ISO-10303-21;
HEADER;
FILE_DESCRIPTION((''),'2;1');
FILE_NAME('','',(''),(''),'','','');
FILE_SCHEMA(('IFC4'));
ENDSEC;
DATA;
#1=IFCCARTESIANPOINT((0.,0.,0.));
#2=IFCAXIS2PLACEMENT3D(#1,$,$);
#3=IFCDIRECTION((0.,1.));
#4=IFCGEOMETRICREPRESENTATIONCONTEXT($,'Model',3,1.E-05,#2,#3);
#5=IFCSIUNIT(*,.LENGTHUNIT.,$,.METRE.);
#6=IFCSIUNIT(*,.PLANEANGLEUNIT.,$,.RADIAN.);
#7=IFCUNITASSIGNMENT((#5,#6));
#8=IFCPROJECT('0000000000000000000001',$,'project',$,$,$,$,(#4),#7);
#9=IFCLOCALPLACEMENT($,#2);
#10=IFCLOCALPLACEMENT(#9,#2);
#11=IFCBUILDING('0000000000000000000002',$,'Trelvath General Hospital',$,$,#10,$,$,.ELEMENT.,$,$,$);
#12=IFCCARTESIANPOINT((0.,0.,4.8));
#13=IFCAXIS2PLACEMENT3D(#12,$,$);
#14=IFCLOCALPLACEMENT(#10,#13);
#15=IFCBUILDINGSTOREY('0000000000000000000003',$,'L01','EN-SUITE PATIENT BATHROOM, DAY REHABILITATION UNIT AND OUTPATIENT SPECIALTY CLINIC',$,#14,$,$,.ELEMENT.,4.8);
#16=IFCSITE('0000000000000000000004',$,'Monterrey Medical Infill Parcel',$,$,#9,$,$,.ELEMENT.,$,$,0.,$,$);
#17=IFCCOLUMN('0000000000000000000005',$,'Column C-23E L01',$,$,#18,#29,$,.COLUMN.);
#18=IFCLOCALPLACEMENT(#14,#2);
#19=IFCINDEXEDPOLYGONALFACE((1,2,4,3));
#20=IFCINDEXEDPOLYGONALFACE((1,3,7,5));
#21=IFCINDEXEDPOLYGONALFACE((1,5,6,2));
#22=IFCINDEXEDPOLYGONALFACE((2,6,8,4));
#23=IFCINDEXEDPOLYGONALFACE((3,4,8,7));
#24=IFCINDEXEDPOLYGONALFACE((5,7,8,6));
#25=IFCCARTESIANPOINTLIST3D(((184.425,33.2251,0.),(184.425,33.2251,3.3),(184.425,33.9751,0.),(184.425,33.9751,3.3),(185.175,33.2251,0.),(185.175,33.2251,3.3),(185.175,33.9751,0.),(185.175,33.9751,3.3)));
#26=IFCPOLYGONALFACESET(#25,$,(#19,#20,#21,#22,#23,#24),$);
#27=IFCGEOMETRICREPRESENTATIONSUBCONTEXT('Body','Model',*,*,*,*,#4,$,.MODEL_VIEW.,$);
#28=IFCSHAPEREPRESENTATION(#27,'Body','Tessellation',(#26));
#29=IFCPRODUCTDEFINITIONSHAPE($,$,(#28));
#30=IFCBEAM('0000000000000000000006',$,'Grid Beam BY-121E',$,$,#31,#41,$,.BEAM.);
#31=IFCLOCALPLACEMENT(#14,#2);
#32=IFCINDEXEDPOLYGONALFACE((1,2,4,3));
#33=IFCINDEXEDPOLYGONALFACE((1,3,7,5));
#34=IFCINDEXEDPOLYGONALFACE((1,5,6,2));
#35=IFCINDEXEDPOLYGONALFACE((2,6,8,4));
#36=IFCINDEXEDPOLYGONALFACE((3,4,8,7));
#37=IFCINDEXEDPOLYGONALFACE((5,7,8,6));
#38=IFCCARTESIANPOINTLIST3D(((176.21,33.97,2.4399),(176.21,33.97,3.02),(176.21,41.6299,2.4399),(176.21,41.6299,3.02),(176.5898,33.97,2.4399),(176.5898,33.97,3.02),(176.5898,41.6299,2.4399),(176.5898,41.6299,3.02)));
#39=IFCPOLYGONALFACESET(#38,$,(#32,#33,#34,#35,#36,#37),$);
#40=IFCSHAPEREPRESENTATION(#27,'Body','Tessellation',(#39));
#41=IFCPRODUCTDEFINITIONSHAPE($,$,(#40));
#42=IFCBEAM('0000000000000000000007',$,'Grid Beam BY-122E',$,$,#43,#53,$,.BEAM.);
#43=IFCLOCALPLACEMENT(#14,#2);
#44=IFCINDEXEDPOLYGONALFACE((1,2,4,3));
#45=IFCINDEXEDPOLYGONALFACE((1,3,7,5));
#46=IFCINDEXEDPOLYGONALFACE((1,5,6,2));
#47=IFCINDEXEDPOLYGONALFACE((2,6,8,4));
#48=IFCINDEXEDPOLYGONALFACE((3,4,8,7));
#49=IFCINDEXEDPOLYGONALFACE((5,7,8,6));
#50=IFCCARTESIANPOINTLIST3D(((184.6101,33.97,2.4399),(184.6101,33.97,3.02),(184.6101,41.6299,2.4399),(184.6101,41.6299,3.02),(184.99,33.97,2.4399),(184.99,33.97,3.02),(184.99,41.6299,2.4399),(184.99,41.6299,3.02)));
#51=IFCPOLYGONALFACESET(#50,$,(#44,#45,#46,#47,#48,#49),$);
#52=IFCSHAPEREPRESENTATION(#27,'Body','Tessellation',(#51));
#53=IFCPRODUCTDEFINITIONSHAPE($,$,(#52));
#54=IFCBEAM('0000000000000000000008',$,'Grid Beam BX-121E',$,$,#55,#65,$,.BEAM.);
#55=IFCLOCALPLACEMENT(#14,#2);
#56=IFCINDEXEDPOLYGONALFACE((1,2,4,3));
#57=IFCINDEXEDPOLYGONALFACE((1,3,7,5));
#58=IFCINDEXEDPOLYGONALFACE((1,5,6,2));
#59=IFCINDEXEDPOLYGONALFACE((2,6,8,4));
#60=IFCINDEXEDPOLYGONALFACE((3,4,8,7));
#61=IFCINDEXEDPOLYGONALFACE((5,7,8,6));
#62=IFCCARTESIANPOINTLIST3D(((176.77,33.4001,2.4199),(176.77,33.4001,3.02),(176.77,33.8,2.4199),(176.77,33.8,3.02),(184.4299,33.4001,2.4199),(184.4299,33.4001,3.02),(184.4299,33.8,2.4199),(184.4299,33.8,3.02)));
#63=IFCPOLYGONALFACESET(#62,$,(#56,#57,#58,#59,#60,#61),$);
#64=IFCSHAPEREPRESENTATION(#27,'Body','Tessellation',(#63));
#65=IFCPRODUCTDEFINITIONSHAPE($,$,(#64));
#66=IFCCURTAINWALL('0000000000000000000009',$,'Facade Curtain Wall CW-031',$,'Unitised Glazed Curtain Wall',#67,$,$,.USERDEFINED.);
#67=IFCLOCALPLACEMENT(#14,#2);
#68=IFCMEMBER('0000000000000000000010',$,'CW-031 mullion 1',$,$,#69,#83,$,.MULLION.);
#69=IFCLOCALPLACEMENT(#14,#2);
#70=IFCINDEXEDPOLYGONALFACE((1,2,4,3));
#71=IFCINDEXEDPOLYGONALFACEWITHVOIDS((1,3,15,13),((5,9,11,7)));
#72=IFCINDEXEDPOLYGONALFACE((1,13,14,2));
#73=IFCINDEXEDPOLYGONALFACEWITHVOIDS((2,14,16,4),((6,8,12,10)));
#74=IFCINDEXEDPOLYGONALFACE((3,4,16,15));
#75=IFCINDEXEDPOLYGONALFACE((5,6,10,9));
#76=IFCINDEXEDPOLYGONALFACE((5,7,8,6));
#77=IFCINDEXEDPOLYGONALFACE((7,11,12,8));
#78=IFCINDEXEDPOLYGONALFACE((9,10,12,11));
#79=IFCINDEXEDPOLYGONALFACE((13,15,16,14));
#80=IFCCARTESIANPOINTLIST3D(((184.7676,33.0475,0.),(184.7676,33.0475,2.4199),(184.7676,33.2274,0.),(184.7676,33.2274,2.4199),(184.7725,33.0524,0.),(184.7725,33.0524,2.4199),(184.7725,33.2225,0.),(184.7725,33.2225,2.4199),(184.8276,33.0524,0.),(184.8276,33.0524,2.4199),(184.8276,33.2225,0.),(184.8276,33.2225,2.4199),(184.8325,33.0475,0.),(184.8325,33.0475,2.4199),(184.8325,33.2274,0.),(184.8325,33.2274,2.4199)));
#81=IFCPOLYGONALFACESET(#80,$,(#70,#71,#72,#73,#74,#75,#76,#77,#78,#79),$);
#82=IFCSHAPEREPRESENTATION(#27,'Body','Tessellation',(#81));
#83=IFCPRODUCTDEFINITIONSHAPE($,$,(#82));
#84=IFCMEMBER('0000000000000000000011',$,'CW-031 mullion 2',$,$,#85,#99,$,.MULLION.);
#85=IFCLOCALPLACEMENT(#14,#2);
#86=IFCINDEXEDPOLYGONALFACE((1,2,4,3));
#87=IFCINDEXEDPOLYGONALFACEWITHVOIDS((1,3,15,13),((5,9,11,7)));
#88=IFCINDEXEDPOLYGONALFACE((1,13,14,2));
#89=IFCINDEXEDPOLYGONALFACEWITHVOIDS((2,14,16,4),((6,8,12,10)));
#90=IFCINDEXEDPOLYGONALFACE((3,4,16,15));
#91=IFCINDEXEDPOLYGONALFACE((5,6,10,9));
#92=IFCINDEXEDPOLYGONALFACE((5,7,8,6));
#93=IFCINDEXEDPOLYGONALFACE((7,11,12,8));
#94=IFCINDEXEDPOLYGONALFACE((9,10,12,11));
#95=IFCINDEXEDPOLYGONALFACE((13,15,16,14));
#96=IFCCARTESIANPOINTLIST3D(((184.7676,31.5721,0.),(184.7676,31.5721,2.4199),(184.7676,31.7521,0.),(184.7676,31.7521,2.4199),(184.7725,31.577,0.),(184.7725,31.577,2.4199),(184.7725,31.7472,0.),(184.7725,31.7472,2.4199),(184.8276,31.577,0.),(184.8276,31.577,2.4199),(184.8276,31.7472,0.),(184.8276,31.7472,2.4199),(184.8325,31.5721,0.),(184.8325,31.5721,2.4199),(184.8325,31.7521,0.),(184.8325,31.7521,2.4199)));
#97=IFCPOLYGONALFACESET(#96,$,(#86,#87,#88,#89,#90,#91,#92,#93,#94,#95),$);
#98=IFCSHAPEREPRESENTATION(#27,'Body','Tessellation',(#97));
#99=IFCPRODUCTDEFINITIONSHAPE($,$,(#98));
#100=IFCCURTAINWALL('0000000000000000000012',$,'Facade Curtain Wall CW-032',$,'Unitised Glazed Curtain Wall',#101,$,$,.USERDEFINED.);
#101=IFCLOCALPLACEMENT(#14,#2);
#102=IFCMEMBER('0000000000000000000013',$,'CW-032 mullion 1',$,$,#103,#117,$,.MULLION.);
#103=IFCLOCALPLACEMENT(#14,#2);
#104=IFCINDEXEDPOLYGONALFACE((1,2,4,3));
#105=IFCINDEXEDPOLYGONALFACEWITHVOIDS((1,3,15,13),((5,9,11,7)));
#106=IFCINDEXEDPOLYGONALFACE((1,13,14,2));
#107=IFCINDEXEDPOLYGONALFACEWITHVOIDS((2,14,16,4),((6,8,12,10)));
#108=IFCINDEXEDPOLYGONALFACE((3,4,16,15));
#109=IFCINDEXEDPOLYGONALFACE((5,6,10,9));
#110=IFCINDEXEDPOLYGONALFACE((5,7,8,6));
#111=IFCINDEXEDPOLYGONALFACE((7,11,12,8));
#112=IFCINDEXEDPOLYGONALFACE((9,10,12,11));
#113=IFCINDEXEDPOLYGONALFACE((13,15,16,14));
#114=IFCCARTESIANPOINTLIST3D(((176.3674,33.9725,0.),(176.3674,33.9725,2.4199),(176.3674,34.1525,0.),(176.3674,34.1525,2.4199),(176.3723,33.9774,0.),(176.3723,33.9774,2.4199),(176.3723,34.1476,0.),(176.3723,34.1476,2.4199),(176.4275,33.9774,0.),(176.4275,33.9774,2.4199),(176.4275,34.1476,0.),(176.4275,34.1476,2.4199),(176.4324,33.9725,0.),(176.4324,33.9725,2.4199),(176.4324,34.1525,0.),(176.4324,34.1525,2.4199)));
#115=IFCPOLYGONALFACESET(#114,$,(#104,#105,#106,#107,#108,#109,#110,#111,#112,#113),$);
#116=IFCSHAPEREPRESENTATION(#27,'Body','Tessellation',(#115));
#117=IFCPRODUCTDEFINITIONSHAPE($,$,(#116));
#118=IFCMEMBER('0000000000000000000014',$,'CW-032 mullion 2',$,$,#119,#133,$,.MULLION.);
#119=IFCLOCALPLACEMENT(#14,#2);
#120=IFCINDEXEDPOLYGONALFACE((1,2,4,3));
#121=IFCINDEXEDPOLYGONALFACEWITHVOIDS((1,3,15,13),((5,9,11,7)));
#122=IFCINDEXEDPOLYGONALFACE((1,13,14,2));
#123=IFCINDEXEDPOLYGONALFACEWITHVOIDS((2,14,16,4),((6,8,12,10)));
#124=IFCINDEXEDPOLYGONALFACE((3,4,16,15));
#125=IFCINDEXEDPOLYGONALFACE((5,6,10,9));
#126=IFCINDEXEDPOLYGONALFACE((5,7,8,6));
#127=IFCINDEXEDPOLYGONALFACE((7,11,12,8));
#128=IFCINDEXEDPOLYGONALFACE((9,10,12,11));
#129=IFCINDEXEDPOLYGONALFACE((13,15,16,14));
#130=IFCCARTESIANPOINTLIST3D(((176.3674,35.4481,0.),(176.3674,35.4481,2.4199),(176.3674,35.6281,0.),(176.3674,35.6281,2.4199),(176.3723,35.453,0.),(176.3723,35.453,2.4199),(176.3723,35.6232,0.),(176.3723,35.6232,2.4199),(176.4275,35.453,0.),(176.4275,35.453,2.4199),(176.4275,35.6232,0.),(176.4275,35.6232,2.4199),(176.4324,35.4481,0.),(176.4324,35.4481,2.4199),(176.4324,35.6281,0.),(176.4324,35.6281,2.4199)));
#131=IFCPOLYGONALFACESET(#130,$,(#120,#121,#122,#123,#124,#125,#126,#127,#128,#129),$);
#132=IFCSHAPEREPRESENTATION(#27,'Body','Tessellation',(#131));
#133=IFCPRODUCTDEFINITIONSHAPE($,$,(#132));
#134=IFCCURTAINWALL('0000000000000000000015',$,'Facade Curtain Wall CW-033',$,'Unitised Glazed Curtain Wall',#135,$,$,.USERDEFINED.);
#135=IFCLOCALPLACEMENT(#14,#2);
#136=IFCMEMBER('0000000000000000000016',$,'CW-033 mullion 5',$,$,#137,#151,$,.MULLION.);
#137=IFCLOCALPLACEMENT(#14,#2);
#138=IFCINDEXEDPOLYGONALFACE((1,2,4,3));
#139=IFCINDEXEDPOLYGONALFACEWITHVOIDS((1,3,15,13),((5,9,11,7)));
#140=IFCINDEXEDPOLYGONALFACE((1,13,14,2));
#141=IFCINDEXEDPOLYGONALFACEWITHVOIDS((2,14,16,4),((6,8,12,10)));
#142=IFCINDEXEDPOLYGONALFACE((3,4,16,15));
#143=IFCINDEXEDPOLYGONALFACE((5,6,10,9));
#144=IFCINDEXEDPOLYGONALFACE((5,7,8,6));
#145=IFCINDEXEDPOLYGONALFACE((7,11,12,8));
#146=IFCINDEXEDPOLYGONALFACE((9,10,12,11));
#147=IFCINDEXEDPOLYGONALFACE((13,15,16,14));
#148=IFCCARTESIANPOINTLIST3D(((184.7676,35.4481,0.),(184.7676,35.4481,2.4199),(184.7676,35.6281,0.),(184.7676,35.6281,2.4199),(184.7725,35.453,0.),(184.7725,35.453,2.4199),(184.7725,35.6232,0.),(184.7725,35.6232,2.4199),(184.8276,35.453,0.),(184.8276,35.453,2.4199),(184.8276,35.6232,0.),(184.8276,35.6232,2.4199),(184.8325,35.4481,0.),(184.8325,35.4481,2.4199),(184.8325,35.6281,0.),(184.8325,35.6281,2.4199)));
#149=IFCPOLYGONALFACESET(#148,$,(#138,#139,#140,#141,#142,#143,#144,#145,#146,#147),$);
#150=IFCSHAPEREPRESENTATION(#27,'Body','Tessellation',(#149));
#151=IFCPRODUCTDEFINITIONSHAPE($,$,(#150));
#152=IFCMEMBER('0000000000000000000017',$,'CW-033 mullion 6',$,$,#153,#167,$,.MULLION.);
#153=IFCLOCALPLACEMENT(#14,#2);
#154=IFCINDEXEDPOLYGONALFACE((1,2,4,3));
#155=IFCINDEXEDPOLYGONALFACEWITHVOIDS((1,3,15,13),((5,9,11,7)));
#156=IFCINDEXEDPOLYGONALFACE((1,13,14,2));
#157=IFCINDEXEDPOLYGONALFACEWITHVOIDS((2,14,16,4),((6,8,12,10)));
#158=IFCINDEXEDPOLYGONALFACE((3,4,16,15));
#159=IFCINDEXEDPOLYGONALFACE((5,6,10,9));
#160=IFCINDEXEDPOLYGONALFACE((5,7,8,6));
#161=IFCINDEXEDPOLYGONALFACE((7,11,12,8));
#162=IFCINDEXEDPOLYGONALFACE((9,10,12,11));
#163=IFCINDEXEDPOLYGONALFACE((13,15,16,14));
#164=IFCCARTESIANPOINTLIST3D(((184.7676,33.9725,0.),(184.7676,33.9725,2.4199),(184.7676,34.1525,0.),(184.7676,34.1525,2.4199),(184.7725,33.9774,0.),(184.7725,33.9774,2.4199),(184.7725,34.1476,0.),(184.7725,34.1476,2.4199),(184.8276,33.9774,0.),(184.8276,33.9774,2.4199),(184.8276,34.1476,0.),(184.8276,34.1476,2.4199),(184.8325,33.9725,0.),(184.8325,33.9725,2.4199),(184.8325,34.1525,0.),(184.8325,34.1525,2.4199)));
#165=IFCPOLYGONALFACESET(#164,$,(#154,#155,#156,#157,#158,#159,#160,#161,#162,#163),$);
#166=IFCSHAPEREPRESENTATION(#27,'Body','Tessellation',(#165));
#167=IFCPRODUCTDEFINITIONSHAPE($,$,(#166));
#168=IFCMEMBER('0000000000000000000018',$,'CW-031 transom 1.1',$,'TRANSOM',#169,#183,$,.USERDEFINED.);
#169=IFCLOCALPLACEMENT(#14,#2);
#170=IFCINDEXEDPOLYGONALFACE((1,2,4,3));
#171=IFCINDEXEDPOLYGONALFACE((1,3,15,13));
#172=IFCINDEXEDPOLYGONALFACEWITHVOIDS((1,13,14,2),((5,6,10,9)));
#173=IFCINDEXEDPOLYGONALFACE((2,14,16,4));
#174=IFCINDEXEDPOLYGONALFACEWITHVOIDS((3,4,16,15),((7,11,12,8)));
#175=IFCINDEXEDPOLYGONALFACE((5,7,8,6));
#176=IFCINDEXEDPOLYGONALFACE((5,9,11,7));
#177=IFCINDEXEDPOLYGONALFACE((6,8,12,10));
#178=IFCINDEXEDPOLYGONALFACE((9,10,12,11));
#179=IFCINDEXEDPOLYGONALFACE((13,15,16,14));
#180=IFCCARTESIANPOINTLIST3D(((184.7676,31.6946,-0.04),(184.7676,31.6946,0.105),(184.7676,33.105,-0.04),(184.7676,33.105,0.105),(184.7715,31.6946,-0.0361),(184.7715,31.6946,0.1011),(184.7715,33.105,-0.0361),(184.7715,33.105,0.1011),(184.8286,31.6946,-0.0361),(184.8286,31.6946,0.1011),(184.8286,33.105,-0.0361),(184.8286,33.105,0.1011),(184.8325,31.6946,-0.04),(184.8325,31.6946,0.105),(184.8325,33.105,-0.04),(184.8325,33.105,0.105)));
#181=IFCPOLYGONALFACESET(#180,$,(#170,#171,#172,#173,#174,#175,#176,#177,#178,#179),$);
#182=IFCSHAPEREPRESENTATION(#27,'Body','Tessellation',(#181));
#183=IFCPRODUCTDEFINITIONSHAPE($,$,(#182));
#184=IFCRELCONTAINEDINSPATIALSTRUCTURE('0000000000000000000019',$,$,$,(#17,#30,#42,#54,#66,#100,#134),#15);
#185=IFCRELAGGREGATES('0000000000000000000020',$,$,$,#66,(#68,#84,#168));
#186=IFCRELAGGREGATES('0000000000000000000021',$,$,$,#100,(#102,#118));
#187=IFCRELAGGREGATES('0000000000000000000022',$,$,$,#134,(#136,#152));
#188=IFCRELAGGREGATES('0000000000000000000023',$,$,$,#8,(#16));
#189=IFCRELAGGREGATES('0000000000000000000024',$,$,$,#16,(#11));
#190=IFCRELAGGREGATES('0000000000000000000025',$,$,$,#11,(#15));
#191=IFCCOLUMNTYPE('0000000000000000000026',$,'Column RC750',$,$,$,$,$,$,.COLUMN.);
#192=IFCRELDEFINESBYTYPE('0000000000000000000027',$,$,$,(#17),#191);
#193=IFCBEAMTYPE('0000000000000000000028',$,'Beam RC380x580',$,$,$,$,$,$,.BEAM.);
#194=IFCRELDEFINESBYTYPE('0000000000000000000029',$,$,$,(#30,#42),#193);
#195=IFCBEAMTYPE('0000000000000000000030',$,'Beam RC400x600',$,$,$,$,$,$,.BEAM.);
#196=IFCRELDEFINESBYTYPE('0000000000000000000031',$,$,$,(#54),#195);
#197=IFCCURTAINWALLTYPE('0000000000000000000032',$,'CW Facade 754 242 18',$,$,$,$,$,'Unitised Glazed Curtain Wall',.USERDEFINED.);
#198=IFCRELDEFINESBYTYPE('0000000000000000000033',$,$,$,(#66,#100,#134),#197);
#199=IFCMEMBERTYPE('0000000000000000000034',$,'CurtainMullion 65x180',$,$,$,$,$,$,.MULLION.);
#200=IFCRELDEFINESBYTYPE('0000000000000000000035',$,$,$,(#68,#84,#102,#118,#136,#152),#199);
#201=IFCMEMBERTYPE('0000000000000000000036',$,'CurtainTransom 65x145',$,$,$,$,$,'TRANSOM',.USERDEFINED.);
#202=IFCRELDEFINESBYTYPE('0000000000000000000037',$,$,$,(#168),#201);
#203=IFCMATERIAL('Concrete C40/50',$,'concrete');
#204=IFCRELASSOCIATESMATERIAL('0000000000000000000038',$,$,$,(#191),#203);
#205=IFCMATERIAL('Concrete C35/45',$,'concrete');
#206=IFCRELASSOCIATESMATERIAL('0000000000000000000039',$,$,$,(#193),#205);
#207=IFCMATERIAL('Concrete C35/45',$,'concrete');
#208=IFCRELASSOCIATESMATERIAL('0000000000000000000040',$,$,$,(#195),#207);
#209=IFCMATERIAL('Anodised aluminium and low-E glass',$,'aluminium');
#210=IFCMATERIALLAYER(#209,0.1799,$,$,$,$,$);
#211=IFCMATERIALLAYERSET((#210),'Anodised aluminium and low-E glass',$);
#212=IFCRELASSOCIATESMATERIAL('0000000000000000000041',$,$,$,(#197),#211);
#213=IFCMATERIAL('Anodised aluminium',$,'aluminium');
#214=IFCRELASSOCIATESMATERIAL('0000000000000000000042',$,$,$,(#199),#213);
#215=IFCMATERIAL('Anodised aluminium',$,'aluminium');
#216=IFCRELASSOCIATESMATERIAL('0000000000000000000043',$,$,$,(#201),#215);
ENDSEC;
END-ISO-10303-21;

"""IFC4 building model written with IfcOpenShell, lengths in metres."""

from ifc_helpers import new_model, si_unit, direction, frame, origin, origin_2d, place, context, subcontext, project, spatial, rectangle, hollow_rectangle, extrude, material, layer, layer_set, material_profile, profile_set, type_object, element, aggregate, save


model = new_model("IFC4")

# Units and contexts
model_context = context("Model", 3, precision=1e-05, world=origin(), true_north=direction((0.0, 1.0)))
body_context = subcontext(model_context, "Body", "Model", "MODEL_VIEW")
ifc_project = project(units=[si_unit("LENGTHUNIT", "METRE"), si_unit("PLANEANGLEUNIT", "RADIAN")], contexts=[model_context])

# Site, building, storey
site_placement = place(None, origin())
site = spatial("IfcSite", under=ifc_project, at=site_placement, Name="Monterrey Medical Infill Parcel", CompositionType="ELEMENT", RefElevation=0.0)
building_placement = place(site_placement, origin())
building = spatial("IfcBuilding", under=site, at=building_placement, Name="Trelvath General Hospital", CompositionType="ELEMENT")
storey_placement = place(building_placement, frame((0.0, 0.0, 4.8)))
storey = spatial("IfcBuildingStorey", under=building, at=storey_placement, Name="L01", Description="EN-SUITE PATIENT BATHROOM, DAY REHABILITATION UNIT AND OUTPATIENT SPECIALTY CLINIC", CompositionType="ELEMENT", Elevation=4.8)

# Column
ifc_material_1 = material(Name="Concrete C40/50", Category="concrete")
ifc_material_profile_1 = material_profile(ifc_material_1, rectangle(XDim=0.75, YDim=0.75, at=origin_2d()), Name="RC750x750")
ifc_profile_set_1 = profile_set([ifc_material_profile_1], Name="Concrete C40/50")
column_type = type_object("IfcColumnType", Name="Column RC750", PredefinedType="COLUMN", material=ifc_profile_set_1)
column_placement = place(storey_placement, frame((184.8, 33.6001, 0.0), z_axis=(0.0, 0.0, 1.0), x_axis=(1.0, 0.0, 0.0)))
element("IfcColumn", 1, at=column_placement, inside=storey, type_object=column_type, Name="Column C-23E L01", PredefinedType="COLUMN", context=body_context, shape_type="SweptSolid", body=[
    extrude(rectangle(XDim=0.75, YDim=0.75, at=origin_2d()), origin(), (0.0, 0.0, 1.0), 3.3),
])

# Beams
ifc_material_2 = material(Name="Concrete C35/45", Category="concrete")
ifc_material_profile_2 = material_profile(ifc_material_2, rectangle(XDim=0.3799, YDim=0.5801, at=origin_2d()), Name="RCB380x580")
ifc_profile_set_2 = profile_set([ifc_material_profile_2], Name="Concrete C35/45")
beam_type_1 = type_object("IfcBeamType", Name="Beam RC380x580", PredefinedType="BEAM", material=ifc_profile_set_2)
for number, where, z_axis, x_axis, name in (
    (2, (176.3999, 33.97, 2.73), (0.0, 1.0, 0.0), (-1.0, 0.0, 0.0), "Grid Beam BY-121E"),
    (3, (184.8, 33.97, 2.73), (0.0, 1.0, 0.0), (-1.0, 0.0, 0.0), "Grid Beam BY-122E"),
):
    element("IfcBeam", number, at=place(storey_placement, frame(where, z_axis=z_axis, x_axis=x_axis)), inside=storey, type_object=beam_type_1, Name=name, PredefinedType="BEAM", context=body_context, shape_type="SweptSolid", body=[
        extrude(rectangle(XDim=0.3799, YDim=0.5801, at=origin_2d()), origin(), (0.0, 0.0, 1.0), 7.6599),
    ])
ifc_material_3 = material(Name="Concrete C35/45", Category="concrete")
ifc_material_profile_3 = material_profile(ifc_material_3, rectangle(XDim=0.3999, YDim=0.6001, at=origin_2d()), Name="RCB400x600")
ifc_profile_set_3 = profile_set([ifc_material_profile_3], Name="Concrete C35/45")
beam_type_2 = type_object("IfcBeamType", Name="Beam RC400x600", PredefinedType="BEAM", material=ifc_profile_set_3)
beam_placement = place(storey_placement, frame((176.77, 33.6001, 2.72), z_axis=(1.0, 0.0, 0.0), x_axis=(0.0, 1.0, 0.0)))
element("IfcBeam", 4, at=beam_placement, inside=storey, type_object=beam_type_2, Name="Grid Beam BX-121E", PredefinedType="BEAM", context=body_context, shape_type="SweptSolid", body=[
    extrude(rectangle(XDim=0.3999, YDim=0.6001, at=origin_2d()), origin(), (0.0, 0.0, 1.0), 7.6599),
])

# Curtain walls, members
ifc_material_4 = material(Name="Anodised aluminium and low-E glass", Category="aluminium")
ifc_layer_1 = layer(ifc_material_4, 0.1799)
ifc_layer_set_1 = layer_set([ifc_layer_1], Name="Anodised aluminium and low-E glass")
curtain_wall_type = type_object("IfcCurtainWallType", Name="CW Facade 754 242 18", ElementType="Unitised Glazed Curtain Wall", PredefinedType="USERDEFINED", material=ifc_layer_set_1)
curtain_wall_1_placement = place(storey_placement, origin())
curtain_wall_1 = element("IfcCurtainWall", 5, at=curtain_wall_1_placement, inside=storey, type_object=curtain_wall_type, Name="Facade Curtain Wall CW-031", ObjectType="Unitised Glazed Curtain Wall", PredefinedType="USERDEFINED")
ifc_material_5 = material(Name="Anodised aluminium", Category="aluminium")
ifc_material_profile_4 = material_profile(ifc_material_5, hollow_rectangle(XDim=0.0649, YDim=0.1799, WallThickness=0.0049, at=origin_2d()), Name="RHS65x180x5")
ifc_profile_set_4 = profile_set([ifc_material_profile_4], Name="Anodised aluminium")
member_type_1 = type_object("IfcMemberType", Name="CurtainMullion 65x180", PredefinedType="MULLION", material=ifc_profile_set_4)
member_1_placement = place(storey_placement, frame((184.8, 33.1375, 0.0), z_axis=(0.0, 0.0, 1.0), x_axis=(1.0, 0.0, 0.0)))
member_1 = element("IfcMember", 6, at=member_1_placement, type_object=member_type_1, Name="CW-031 mullion 1", PredefinedType="MULLION", context=body_context, shape_type="SweptSolid", body=[
    extrude(hollow_rectangle(XDim=0.0649, YDim=0.1799, WallThickness=0.0049, at=origin_2d()), origin(), (0.0, 0.0, 1.0), 2.4199),
])
member_2_placement = place(storey_placement, frame((184.8, 31.6621, 0.0), z_axis=(0.0, 0.0, 1.0), x_axis=(1.0, 0.0, 0.0)))
member_2 = element("IfcMember", 7, at=member_2_placement, type_object=member_type_1, Name="CW-031 mullion 2", PredefinedType="MULLION", context=body_context, shape_type="SweptSolid", body=[
    extrude(hollow_rectangle(XDim=0.0649, YDim=0.1799, WallThickness=0.0049, at=origin_2d()), origin(), (0.0, 0.0, 1.0), 2.4199),
])
curtain_wall_2_placement = place(storey_placement, origin())
curtain_wall_2 = element("IfcCurtainWall", 8, at=curtain_wall_2_placement, inside=storey, type_object=curtain_wall_type, Name="Facade Curtain Wall CW-032", ObjectType="Unitised Glazed Curtain Wall", PredefinedType="USERDEFINED")
member_3_placement = place(storey_placement, frame((176.3999, 34.0625, 0.0), z_axis=(0.0, 0.0, 1.0), x_axis=(-1.0, 0.0, 0.0)))
member_3 = element("IfcMember", 9, at=member_3_placement, type_object=member_type_1, Name="CW-032 mullion 1", PredefinedType="MULLION", context=body_context, shape_type="SweptSolid", body=[
    extrude(hollow_rectangle(XDim=0.0649, YDim=0.1799, WallThickness=0.0049, at=origin_2d()), origin(), (0.0, 0.0, 1.0), 2.4199),
])
member_4_placement = place(storey_placement, frame((176.3999, 35.5381, 0.0), z_axis=(0.0, 0.0, 1.0), x_axis=(-1.0, 0.0, 0.0)))
member_4 = element("IfcMember", 10, at=member_4_placement, type_object=member_type_1, Name="CW-032 mullion 2", PredefinedType="MULLION", context=body_context, shape_type="SweptSolid", body=[
    extrude(hollow_rectangle(XDim=0.0649, YDim=0.1799, WallThickness=0.0049, at=origin_2d()), origin(), (0.0, 0.0, 1.0), 2.4199),
])
curtain_wall_3_placement = place(storey_placement, origin())
curtain_wall_3 = element("IfcCurtainWall", 11, at=curtain_wall_3_placement, inside=storey, type_object=curtain_wall_type, Name="Facade Curtain Wall CW-033", ObjectType="Unitised Glazed Curtain Wall", PredefinedType="USERDEFINED")
member_5_placement = place(storey_placement, frame((184.8, 35.5381, 0.0), z_axis=(0.0, 0.0, 1.0), x_axis=(1.0, 0.0, 0.0)))
member_5 = element("IfcMember", 12, at=member_5_placement, type_object=member_type_1, Name="CW-033 mullion 5", PredefinedType="MULLION", context=body_context, shape_type="SweptSolid", body=[
    extrude(hollow_rectangle(XDim=0.0649, YDim=0.1799, WallThickness=0.0049, at=origin_2d()), origin(), (0.0, 0.0, 1.0), 2.4199),
])
member_6_placement = place(storey_placement, frame((184.8, 34.0625, 0.0), z_axis=(0.0, 0.0, 1.0), x_axis=(1.0, 0.0, 0.0)))
member_6 = element("IfcMember", 13, at=member_6_placement, type_object=member_type_1, Name="CW-033 mullion 6", PredefinedType="MULLION", context=body_context, shape_type="SweptSolid", body=[
    extrude(hollow_rectangle(XDim=0.0649, YDim=0.1799, WallThickness=0.0049, at=origin_2d()), origin(), (0.0, 0.0, 1.0), 2.4199),
])

# Member
ifc_material_6 = material(Name="Anodised aluminium", Category="aluminium")
ifc_material_profile_5 = material_profile(ifc_material_6, hollow_rectangle(XDim=0.0649, YDim=0.145, WallThickness=0.0039, at=origin_2d()), Name="RHS65x145x4")
ifc_profile_set_5 = profile_set([ifc_material_profile_5], Name="Anodised aluminium")
member_type_2 = type_object("IfcMemberType", Name="CurtainTransom 65x145", ElementType="TRANSOM", PredefinedType="USERDEFINED", material=ifc_profile_set_5)
member_7_placement = place(storey_placement, frame((184.8, 33.105, 0.0325), z_axis=(0.0, -1.0, 0.0), x_axis=(1.0, 0.0, 0.0)))
member_7 = element("IfcMember", 14, at=member_7_placement, type_object=member_type_2, Name="CW-031 transom 1.1", ObjectType="TRANSOM", PredefinedType="USERDEFINED", context=body_context, shape_type="SweptSolid", body=[
    extrude(hollow_rectangle(XDim=0.0649, YDim=0.145, WallThickness=0.0039, at=origin_2d()), origin(), (0.0, 0.0, 1.0), 1.4104),
])

aggregate(curtain_wall_1, [member_1, member_2, member_7])
aggregate(curtain_wall_2, [member_3, member_4])
aggregate(curtain_wall_3, [member_5, member_6])

save(model, "model.ifc")
